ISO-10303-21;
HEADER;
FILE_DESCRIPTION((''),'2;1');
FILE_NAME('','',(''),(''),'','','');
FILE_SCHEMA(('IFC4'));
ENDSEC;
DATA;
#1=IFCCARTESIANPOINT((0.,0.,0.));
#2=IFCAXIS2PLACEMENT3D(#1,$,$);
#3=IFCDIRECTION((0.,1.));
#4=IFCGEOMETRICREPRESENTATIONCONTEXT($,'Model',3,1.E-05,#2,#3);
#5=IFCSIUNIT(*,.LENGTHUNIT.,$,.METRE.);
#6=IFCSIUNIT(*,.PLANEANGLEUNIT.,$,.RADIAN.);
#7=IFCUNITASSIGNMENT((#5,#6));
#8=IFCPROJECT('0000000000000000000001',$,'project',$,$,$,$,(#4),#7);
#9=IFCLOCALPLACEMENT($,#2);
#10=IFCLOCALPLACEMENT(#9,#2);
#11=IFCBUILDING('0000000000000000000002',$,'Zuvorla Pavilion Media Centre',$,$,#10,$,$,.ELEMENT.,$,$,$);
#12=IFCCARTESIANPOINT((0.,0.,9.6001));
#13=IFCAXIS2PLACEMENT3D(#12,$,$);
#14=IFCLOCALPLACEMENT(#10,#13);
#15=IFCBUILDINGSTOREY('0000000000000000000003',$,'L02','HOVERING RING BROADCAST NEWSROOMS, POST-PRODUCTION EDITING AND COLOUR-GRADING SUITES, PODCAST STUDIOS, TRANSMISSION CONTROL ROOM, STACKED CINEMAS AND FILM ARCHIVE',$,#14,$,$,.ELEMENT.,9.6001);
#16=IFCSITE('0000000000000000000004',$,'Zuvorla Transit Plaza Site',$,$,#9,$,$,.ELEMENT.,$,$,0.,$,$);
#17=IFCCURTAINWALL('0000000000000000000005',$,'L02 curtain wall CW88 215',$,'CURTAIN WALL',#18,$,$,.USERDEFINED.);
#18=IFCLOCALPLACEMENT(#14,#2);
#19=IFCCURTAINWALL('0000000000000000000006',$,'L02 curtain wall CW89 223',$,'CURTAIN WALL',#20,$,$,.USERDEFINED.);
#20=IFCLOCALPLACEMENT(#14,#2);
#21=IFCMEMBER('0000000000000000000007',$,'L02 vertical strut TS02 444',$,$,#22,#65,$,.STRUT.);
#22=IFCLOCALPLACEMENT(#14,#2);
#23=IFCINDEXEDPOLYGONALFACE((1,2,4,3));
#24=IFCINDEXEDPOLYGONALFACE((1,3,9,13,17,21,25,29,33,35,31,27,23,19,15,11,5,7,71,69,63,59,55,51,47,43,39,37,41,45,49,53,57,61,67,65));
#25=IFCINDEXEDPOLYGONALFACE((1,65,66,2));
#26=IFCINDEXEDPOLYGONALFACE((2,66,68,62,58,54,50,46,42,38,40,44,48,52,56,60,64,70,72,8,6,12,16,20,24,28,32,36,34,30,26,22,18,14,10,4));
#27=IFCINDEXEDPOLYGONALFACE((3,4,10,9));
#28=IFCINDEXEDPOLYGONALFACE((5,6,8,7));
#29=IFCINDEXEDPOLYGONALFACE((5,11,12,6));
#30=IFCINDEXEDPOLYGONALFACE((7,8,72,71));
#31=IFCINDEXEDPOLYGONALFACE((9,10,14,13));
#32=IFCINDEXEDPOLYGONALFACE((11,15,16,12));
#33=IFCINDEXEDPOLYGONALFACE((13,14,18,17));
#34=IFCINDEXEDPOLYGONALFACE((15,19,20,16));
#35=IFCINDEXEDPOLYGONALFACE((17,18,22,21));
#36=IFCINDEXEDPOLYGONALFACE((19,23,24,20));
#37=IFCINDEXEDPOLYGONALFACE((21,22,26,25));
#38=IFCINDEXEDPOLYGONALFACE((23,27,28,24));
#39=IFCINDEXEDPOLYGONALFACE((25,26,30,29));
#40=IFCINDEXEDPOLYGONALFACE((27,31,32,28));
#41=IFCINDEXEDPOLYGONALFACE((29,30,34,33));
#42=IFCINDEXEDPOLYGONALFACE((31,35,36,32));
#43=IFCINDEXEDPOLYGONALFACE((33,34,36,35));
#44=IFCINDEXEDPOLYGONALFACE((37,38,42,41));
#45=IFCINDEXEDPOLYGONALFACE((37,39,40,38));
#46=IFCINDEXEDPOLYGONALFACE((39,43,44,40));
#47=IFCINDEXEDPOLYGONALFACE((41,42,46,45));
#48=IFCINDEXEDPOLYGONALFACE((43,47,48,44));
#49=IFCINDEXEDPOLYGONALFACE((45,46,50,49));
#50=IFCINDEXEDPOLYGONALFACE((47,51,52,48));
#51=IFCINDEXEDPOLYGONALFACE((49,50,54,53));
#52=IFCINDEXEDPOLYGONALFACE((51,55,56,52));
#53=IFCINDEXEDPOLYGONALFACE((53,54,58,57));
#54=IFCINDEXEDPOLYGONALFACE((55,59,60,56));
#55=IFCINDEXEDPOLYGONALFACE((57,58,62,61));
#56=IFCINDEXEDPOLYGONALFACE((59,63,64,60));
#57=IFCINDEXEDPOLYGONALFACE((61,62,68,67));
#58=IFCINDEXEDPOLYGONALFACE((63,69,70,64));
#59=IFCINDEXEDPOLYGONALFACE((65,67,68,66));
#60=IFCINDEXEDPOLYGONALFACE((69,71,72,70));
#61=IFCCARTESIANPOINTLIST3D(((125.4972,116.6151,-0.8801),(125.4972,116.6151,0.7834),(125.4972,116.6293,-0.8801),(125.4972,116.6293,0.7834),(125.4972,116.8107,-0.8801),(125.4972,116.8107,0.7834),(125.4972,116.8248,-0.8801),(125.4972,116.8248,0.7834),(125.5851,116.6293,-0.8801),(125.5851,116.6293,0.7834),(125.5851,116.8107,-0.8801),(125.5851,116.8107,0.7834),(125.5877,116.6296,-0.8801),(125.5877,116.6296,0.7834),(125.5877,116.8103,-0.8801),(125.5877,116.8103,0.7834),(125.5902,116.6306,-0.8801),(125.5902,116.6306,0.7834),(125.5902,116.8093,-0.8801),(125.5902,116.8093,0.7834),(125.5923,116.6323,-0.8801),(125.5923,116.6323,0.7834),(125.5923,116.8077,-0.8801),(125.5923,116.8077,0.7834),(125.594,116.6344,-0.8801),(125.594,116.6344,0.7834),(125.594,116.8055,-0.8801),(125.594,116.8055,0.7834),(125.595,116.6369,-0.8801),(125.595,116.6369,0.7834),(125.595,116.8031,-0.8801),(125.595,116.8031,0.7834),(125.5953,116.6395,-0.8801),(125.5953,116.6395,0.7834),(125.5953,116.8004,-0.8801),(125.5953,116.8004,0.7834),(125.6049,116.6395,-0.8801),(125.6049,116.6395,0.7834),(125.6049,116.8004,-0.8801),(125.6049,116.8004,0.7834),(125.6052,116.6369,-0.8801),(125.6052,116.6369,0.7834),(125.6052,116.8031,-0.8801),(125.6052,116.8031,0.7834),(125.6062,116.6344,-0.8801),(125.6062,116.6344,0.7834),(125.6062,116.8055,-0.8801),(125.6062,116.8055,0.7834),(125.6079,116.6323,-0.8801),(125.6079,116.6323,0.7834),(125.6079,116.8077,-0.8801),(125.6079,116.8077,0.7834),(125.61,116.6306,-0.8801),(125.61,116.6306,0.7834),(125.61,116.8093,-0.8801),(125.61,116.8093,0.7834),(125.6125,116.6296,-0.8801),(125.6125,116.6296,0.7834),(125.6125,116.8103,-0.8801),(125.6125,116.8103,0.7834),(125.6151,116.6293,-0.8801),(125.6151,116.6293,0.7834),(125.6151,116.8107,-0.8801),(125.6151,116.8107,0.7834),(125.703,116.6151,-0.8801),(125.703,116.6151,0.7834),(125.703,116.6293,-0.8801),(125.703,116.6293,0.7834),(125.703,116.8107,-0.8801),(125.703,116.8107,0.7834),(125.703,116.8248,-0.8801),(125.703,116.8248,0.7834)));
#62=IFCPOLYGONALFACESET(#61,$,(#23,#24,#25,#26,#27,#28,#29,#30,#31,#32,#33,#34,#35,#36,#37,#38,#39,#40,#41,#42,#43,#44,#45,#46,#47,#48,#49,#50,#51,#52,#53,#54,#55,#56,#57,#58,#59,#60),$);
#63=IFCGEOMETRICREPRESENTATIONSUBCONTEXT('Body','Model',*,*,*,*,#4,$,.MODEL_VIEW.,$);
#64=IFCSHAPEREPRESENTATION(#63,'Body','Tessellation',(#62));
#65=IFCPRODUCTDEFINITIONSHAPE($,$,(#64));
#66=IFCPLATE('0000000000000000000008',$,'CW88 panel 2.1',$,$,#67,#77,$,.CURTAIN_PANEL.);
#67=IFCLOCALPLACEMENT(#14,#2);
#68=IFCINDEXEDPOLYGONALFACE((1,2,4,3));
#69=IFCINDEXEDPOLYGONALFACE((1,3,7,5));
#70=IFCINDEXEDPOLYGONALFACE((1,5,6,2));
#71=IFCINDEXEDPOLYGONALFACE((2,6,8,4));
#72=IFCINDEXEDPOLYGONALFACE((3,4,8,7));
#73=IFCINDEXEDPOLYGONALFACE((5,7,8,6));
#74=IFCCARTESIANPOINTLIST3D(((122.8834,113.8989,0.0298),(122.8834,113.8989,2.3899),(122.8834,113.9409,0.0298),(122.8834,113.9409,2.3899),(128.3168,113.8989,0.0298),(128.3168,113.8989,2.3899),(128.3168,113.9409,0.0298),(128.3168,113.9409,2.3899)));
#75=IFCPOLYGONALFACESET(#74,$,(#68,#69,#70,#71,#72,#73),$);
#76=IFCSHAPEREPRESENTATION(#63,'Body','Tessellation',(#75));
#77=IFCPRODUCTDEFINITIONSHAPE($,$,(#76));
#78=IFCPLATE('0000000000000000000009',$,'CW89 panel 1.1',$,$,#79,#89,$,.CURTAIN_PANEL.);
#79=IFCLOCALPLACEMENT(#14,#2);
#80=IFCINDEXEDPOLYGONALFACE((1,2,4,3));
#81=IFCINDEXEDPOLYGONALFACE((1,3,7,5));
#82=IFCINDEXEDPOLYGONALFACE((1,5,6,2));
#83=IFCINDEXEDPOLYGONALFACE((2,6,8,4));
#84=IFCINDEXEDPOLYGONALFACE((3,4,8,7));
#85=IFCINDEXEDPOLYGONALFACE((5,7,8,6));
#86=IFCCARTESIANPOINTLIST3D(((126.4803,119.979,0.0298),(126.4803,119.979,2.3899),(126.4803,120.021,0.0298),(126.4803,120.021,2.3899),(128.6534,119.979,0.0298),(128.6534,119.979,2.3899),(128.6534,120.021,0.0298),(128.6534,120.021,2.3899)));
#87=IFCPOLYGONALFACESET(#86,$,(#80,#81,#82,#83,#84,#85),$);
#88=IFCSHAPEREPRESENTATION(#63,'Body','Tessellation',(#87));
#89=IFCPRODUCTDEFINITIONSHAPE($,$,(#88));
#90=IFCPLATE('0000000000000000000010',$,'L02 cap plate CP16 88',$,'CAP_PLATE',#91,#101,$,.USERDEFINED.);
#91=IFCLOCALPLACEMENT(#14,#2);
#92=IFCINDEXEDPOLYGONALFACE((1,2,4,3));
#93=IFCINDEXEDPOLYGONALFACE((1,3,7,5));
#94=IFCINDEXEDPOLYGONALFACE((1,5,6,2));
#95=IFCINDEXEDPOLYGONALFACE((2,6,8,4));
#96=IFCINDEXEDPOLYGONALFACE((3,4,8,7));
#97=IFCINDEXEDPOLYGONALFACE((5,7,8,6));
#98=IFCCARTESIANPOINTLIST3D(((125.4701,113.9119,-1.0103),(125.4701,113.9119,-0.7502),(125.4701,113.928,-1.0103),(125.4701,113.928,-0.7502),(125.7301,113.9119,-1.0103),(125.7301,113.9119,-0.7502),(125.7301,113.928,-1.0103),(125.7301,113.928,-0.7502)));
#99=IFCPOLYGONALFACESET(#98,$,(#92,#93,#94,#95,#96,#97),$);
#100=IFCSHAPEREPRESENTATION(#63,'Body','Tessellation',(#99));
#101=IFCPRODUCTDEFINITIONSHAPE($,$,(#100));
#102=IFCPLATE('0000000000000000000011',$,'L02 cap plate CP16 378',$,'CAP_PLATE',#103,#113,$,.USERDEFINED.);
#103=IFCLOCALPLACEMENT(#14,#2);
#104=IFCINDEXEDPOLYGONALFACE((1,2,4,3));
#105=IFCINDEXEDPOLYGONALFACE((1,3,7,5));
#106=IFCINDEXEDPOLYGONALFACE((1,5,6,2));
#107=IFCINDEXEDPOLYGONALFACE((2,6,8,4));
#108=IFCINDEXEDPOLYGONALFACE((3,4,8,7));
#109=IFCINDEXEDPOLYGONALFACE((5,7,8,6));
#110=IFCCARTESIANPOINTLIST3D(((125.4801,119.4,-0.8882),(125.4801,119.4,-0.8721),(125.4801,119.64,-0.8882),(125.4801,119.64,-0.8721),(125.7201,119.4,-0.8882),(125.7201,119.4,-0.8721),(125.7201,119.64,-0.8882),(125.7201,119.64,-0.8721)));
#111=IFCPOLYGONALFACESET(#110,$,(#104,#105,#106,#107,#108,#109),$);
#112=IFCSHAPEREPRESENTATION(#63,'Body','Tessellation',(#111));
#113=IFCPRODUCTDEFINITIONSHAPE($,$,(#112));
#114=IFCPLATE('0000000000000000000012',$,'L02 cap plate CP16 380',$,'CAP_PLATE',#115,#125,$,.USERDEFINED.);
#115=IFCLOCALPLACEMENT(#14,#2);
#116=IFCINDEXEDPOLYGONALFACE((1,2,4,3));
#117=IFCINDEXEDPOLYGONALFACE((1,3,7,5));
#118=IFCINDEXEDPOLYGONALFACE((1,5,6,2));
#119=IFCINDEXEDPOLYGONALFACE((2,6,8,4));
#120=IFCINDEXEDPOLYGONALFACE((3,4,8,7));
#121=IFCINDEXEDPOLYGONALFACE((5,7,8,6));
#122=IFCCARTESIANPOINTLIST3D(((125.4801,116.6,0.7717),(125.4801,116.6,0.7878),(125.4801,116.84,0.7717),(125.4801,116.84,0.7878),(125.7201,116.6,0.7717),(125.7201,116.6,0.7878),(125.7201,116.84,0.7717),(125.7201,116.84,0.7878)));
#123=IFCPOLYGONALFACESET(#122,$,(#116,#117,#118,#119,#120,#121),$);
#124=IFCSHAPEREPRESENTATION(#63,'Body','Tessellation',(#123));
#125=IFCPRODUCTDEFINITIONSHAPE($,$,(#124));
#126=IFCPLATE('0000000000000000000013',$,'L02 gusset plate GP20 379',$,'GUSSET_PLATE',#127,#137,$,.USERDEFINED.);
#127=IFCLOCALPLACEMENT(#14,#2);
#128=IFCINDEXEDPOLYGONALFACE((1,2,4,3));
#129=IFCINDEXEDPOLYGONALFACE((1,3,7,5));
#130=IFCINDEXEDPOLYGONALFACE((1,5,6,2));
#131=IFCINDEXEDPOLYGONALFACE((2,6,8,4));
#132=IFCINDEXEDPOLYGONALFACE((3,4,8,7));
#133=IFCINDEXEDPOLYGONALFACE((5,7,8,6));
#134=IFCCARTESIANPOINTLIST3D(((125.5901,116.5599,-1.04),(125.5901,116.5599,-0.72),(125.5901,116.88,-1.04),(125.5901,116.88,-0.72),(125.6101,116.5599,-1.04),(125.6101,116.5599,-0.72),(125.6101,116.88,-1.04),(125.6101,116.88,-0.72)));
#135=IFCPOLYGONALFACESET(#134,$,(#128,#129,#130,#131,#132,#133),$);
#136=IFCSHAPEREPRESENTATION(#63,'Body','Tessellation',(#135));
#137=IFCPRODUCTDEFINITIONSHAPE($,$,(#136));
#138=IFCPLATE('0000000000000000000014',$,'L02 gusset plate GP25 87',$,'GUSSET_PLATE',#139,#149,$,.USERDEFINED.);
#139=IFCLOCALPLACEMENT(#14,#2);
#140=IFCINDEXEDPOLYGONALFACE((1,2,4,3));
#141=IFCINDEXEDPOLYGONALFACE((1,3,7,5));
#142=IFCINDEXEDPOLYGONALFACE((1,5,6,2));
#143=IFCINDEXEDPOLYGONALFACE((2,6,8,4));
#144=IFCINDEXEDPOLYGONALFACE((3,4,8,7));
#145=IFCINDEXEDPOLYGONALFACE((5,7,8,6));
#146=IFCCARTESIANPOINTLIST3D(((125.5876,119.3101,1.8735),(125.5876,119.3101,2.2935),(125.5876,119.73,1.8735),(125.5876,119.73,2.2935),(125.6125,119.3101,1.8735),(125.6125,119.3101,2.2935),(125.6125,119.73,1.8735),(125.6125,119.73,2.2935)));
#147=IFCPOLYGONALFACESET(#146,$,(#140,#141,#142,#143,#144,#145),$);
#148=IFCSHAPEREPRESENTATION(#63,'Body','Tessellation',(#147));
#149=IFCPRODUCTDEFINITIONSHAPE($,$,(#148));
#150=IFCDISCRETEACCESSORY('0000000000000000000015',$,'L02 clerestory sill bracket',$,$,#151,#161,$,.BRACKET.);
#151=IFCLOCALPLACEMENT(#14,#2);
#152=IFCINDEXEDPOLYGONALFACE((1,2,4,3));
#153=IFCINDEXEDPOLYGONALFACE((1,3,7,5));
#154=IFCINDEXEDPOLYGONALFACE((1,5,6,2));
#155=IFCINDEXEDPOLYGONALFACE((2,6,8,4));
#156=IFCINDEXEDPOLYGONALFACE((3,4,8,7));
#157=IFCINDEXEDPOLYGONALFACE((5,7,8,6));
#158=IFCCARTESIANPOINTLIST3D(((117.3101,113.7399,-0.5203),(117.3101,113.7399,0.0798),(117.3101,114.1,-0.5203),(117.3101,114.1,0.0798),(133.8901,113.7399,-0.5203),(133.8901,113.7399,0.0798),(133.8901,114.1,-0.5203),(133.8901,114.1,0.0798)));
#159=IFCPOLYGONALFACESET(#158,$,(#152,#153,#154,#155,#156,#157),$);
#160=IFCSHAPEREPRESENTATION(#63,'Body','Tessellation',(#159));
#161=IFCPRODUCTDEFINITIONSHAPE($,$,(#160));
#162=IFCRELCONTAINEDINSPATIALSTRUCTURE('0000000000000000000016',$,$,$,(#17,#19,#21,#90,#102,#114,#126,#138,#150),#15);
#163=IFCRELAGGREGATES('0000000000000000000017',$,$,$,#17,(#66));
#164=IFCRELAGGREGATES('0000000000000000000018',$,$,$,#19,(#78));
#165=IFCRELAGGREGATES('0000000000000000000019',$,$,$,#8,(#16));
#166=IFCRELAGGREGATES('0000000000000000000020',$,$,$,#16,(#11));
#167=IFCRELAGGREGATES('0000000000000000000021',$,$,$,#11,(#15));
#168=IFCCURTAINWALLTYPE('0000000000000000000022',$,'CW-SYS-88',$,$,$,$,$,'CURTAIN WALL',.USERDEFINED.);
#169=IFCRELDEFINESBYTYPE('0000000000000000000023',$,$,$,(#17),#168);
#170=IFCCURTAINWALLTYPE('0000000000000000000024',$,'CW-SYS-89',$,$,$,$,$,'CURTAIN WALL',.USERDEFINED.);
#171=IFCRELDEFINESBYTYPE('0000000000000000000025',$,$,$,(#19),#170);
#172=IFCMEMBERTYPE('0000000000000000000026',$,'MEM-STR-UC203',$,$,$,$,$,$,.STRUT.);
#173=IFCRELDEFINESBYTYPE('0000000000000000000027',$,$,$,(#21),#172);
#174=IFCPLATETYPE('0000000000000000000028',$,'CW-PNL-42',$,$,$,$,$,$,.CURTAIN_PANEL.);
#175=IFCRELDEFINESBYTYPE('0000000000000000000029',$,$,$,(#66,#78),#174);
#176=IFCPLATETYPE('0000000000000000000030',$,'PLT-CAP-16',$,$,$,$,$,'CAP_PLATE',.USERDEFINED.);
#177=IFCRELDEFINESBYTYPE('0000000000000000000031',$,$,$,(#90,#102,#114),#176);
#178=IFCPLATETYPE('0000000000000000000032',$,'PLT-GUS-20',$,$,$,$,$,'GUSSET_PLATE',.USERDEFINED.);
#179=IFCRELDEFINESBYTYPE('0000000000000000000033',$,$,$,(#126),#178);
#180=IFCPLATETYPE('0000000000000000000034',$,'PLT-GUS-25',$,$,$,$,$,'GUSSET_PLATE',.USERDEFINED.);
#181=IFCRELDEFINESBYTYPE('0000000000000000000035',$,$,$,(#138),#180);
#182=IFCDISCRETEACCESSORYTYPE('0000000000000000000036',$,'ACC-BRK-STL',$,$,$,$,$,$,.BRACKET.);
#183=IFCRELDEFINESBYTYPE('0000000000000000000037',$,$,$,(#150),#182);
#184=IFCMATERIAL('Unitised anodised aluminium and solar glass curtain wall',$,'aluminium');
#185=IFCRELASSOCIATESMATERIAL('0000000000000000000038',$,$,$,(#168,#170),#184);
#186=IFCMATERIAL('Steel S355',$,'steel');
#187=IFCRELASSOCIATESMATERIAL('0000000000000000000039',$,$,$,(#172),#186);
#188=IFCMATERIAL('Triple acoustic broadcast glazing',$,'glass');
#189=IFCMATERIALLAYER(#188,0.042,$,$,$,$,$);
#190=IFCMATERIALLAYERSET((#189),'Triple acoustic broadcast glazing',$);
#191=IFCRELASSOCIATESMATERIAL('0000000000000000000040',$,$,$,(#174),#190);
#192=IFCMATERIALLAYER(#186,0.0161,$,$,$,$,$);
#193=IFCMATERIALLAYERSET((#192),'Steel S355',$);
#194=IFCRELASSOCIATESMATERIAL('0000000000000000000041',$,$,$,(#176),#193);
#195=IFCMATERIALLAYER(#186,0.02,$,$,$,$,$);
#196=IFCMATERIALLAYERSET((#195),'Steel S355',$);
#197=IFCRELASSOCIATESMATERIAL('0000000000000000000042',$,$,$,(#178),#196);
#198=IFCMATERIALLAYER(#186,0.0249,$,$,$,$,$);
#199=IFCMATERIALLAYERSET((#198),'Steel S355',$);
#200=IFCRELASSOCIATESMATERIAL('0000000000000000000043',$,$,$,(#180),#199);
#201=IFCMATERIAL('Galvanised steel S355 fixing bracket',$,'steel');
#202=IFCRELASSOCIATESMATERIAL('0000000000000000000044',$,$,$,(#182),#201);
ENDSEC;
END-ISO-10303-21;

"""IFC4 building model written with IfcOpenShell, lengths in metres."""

from ifc_helpers import new_model, si_unit, direction, frame, origin, origin_2d, place, context, subcontext, project, spatial, rectangle, i_section, extrude, material, layer, layer_set, material_profile, profile_set, type_object, element, aggregate, save


model = new_model("IFC4")

# Units and contexts
model_context = context("Model", 3, precision=1e-05, world=origin(), true_north=direction((0.0, 1.0)))
body_context = subcontext(model_context, "Body", "Model", "MODEL_VIEW")
ifc_project = project(units=[si_unit("LENGTHUNIT", "METRE"), si_unit("PLANEANGLEUNIT", "RADIAN")], contexts=[model_context])

# Site, building, storey
site_placement = place(None, origin())
site = spatial("IfcSite", under=ifc_project, at=site_placement, Name="Zuvorla Transit Plaza Site", CompositionType="ELEMENT", RefElevation=0.0)
building_placement = place(site_placement, origin())
building = spatial("IfcBuilding", under=site, at=building_placement, Name="Zuvorla Pavilion Media Centre", CompositionType="ELEMENT")
storey_placement = place(building_placement, frame((0.0, 0.0, 9.6001)))
storey = spatial("IfcBuildingStorey", under=building, at=storey_placement, Name="L02", Description="HOVERING RING BROADCAST NEWSROOMS, POST-PRODUCTION EDITING AND COLOUR-GRADING SUITES, PODCAST STUDIOS, TRANSMISSION CONTROL ROOM, STACKED CINEMAS AND FILM ARCHIVE", CompositionType="ELEMENT", Elevation=9.6001)

# Shared definitions
ifc_material_1 = material(Name="Steel S355", Category="steel")

# Curtain walls
ifc_material_2 = material(Name="Unitised anodised aluminium and solar glass curtain wall", Category="aluminium")
curtain_wall_type_1 = type_object("IfcCurtainWallType", Name="CW-SYS-88", ElementType="CURTAIN WALL", PredefinedType="USERDEFINED", material=ifc_material_2)
curtain_wall_1_placement = place(storey_placement, origin())
curtain_wall_1 = element("IfcCurtainWall", 1, at=curtain_wall_1_placement, inside=storey, type_object=curtain_wall_type_1, Name="L02 curtain wall CW88 215", ObjectType="CURTAIN WALL", PredefinedType="USERDEFINED")
curtain_wall_type_2 = type_object("IfcCurtainWallType", Name="CW-SYS-89", ElementType="CURTAIN WALL", PredefinedType="USERDEFINED", material=ifc_material_2)
curtain_wall_2_placement = place(storey_placement, origin())
curtain_wall_2 = element("IfcCurtainWall", 2, at=curtain_wall_2_placement, inside=storey, type_object=curtain_wall_type_2, Name="L02 curtain wall CW89 223", ObjectType="CURTAIN WALL", PredefinedType="USERDEFINED")

# Member
ifc_material_profile_1 = material_profile(ifc_material_1, i_section(OverallWidth=0.2058, OverallDepth=0.2097, WebThickness=0.0095, FlangeThickness=0.0142, FilletRadius=0.0103, at=origin_2d()), Name="UC 203x203x60")
ifc_profile_set_1 = profile_set([ifc_material_profile_1], Name="Steel S355")
member_type_1 = type_object("IfcMemberType", Name="MEM-STR-UC203", PredefinedType="STRUT", material=ifc_profile_set_1)
member_1_placement = place(storey_placement, frame((125.6001, 116.72, -0.8801), z_axis=(0.0, 0.0, 1.0), x_axis=(1.0, 0.0, 0.0)))
element("IfcMember", 3, at=member_1_placement, inside=storey, type_object=member_type_1, Name="L02 vertical strut TS02 444", PredefinedType="STRUT", context=body_context, shape_type="SweptSolid", body=[
    extrude(i_section(OverallWidth=0.2058, OverallDepth=0.2097, WebThickness=0.0095, FlangeThickness=0.0142, FilletRadius=0.0103, at=origin_2d()), origin(), (0.0, 0.0, 1.0), 1.6636),
])

# Plates
ifc_material_3 = material(Name="Triple acoustic broadcast glazing", Category="glass")
ifc_layer_1 = layer(ifc_material_3, 0.042)
ifc_layer_set_1 = layer_set([ifc_layer_1], Name="Triple acoustic broadcast glazing")
plate_type_1 = type_object("IfcPlateType", Name="CW-PNL-42", PredefinedType="CURTAIN_PANEL", material=ifc_layer_set_1)
plate_1_placement = place(storey_placement, frame((125.6001, 113.9199, 0.0298), z_axis=(0.0, 0.0, 1.0), x_axis=(1.0, 0.0, 0.0)))
plate_1 = element("IfcPlate", 4, at=plate_1_placement, type_object=plate_type_1, Name="CW88 panel 2.1", PredefinedType="CURTAIN_PANEL", context=body_context, shape_type="SweptSolid", body=[
    extrude(rectangle(XDim=5.4333, YDim=0.042, at=origin_2d()), origin(), (0.0, 0.0, 1.0), 2.3601),
])
aggregate(curtain_wall_1, [plate_1])
plate_2_placement = place(storey_placement, frame((127.5669, 120.0, 0.0298), z_axis=(0.0, 0.0, 1.0), x_axis=(1.0, 0.0, 0.0)))
plate_2 = element("IfcPlate", 5, at=plate_2_placement, type_object=plate_type_1, Name="CW89 panel 1.1", PredefinedType="CURTAIN_PANEL", context=body_context, shape_type="SweptSolid", body=[
    extrude(rectangle(XDim=2.1731, YDim=0.042, at=origin_2d()), origin(), (0.0, 0.0, 1.0), 2.3601),
])
aggregate(curtain_wall_2, [plate_2])

# Plates
ifc_layer_2 = layer(ifc_material_1, 0.0161)
ifc_layer_set_2 = layer_set([ifc_layer_2], Name="Steel S355")
plate_type_2 = type_object("IfcPlateType", Name="PLT-CAP-16", ElementType="CAP_PLATE", PredefinedType="USERDEFINED", material=ifc_layer_set_2)
plate_3_placement = place(storey_placement, frame((125.6001, 113.9199, -1.0103), z_axis=(0.0, 0.0, 1.0), x_axis=(1.0, 0.0, 0.0)))
element("IfcPlate", 6, at=plate_3_placement, inside=storey, type_object=plate_type_2, Name="L02 cap plate CP16 88", ObjectType="CAP_PLATE", PredefinedType="USERDEFINED", context=body_context, shape_type="SweptSolid", body=[
    extrude(rectangle(XDim=0.26, YDim=0.0161, at=origin_2d()), origin(), (0.0, 0.0, 1.0), 0.26),
])
for number, where, z_axis, x_axis, name in (
    (7, (125.6001, 119.52, -0.8882), (0.0, 0.0, 1.0), (1.0, 0.0, 0.0), "L02 cap plate CP16 378"),
    (8, (125.6001, 116.72, 0.7717), (0.0, 0.0, 1.0), (1.0, 0.0, 0.0), "L02 cap plate CP16 380"),
):
    element("IfcPlate", number, at=place(storey_placement, frame(where, z_axis=z_axis, x_axis=x_axis)), inside=storey, type_object=plate_type_2, Name=name, ObjectType="CAP_PLATE", PredefinedType="USERDEFINED", context=body_context, shape_type="SweptSolid", body=[
        extrude(rectangle(XDim=0.24, YDim=0.24, at=origin_2d()), origin(), (0.0, 0.0, 1.0), 0.0161),
    ])
ifc_layer_3 = layer(ifc_material_1, 0.02)
ifc_layer_set_3 = layer_set([ifc_layer_3], Name="Steel S355")
plate_type_3 = type_object("IfcPlateType", Name="PLT-GUS-20", ElementType="GUSSET_PLATE", PredefinedType="USERDEFINED", material=ifc_layer_set_3)
plate_4_placement = place(storey_placement, frame((125.6001, 116.72, -1.04), z_axis=(0.0, 0.0, 1.0), x_axis=(1.0, 0.0, 0.0)))
element("IfcPlate", 9, at=plate_4_placement, inside=storey, type_object=plate_type_3, Name="L02 gusset plate GP20 379", ObjectType="GUSSET_PLATE", PredefinedType="USERDEFINED", context=body_context, shape_type="SweptSolid", body=[
    extrude(rectangle(XDim=0.02, YDim=0.3201, at=origin_2d()), origin(), (0.0, 0.0, 1.0), 0.3201),
])
ifc_layer_4 = layer(ifc_material_1, 0.0249)
ifc_layer_set_4 = layer_set([ifc_layer_4], Name="Steel S355")
plate_type_4 = type_object("IfcPlateType", Name="PLT-GUS-25", ElementType="GUSSET_PLATE", PredefinedType="USERDEFINED", material=ifc_layer_set_4)
plate_5_placement = place(storey_placement, frame((125.6001, 119.52, 1.8735), z_axis=(0.0, 0.0, 1.0), x_axis=(1.0, 0.0, 0.0)))
element("IfcPlate", 10, at=plate_5_placement, inside=storey, type_object=plate_type_4, Name="L02 gusset plate GP25 87", ObjectType="GUSSET_PLATE", PredefinedType="USERDEFINED", context=body_context, shape_type="SweptSolid", body=[
    extrude(rectangle(XDim=0.0249, YDim=0.4199, at=origin_2d()), origin(), (0.0, 0.0, 1.0), 0.4199),
])

# Discrete accessory
ifc_material_4 = material(Name="Galvanised steel S355 fixing bracket", Category="steel")
discrete_accessory_type = type_object("IfcDiscreteAccessoryType", Name="ACC-BRK-STL", PredefinedType="BRACKET", material=ifc_material_4)
discrete_accessory_placement = place(storey_placement, frame((125.6001, 113.9199, -0.5203), z_axis=(0.0, 0.0, 1.0), x_axis=(1.0, 0.0, 0.0)))
element("IfcDiscreteAccessory", 11, at=discrete_accessory_placement, inside=storey, type_object=discrete_accessory_type, Name="L02 clerestory sill bracket", PredefinedType="BRACKET", context=body_context, shape_type="SweptSolid", body=[
    extrude(rectangle(XDim=16.5801, YDim=0.3601, at=origin_2d()), origin(), (0.0, 0.0, 1.0), 0.6001),
])

save(model, "model.ifc")
